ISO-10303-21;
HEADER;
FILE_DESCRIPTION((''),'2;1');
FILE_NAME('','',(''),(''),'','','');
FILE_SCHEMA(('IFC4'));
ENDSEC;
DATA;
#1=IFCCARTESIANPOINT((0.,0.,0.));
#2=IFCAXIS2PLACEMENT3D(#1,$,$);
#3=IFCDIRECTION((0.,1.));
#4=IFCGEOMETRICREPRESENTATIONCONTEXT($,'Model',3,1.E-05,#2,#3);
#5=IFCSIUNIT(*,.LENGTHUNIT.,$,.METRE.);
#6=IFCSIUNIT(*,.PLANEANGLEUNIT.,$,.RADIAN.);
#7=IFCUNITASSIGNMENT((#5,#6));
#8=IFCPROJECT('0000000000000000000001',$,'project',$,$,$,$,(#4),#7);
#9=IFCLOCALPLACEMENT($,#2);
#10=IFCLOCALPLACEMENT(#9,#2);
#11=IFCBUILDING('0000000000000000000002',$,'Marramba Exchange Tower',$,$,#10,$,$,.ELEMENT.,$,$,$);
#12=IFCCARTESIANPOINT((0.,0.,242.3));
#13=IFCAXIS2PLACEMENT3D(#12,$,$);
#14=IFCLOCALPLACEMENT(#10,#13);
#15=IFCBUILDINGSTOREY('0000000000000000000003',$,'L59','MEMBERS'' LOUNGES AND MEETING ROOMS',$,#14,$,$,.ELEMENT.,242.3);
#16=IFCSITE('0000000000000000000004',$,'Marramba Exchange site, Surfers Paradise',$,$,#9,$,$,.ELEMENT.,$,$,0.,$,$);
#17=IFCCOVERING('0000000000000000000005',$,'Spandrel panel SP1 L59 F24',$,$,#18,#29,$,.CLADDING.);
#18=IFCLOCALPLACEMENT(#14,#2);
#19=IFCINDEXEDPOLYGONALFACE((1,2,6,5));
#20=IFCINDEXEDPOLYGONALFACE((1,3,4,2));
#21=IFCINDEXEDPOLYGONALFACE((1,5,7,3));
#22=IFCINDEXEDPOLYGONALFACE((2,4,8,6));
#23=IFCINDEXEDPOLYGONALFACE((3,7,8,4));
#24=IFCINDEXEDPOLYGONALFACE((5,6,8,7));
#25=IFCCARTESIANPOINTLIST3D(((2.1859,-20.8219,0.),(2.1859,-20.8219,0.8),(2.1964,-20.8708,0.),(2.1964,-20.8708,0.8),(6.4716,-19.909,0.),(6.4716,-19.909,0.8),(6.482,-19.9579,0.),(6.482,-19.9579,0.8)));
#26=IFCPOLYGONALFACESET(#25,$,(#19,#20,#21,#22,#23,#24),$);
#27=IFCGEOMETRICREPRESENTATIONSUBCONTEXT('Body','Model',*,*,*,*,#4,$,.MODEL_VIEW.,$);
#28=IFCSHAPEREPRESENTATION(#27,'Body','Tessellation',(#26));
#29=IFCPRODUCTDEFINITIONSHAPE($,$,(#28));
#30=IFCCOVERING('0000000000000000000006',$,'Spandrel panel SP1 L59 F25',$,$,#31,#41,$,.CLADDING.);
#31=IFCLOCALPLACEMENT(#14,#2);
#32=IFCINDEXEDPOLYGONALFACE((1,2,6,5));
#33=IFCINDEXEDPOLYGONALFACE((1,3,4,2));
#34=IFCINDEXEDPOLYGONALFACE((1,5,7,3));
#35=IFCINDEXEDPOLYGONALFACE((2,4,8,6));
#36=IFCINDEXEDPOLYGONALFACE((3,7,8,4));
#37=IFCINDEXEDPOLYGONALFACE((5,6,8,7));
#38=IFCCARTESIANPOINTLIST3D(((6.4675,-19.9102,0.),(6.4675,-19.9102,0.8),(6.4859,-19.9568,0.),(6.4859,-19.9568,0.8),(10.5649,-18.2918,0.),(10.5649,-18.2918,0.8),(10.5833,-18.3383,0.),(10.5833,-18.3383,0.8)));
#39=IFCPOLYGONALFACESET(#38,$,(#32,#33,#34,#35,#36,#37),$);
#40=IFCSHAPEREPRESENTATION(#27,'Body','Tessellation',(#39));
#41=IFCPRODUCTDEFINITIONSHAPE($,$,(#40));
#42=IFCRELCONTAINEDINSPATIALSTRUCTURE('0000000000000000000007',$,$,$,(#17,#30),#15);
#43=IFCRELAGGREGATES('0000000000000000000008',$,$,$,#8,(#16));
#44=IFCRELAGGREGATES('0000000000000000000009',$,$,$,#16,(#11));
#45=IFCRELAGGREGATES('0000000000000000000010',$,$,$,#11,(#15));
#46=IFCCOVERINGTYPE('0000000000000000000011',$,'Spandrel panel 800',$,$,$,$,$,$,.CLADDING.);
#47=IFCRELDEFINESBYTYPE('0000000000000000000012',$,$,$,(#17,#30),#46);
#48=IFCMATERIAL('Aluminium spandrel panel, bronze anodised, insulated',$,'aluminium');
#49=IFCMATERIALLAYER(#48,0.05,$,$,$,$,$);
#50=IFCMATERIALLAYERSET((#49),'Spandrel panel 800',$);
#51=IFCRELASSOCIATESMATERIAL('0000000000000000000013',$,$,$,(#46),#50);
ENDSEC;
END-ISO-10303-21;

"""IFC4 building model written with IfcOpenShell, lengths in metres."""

from ifc_helpers import new_model, si_unit, direction, frame, origin, origin_2d, place, context, subcontext, project, spatial, rectangle, extrude, material, layer, layer_set, type_object, element, save


model = new_model("IFC4")

# Units and contexts
model_context = context("Model", 3, precision=1e-05, world=origin(), true_north=direction((0.0, 1.0)))
body_context = subcontext(model_context, "Body", "Model", "MODEL_VIEW")
ifc_project = project(units=[si_unit("LENGTHUNIT", "METRE"), si_unit("PLANEANGLEUNIT", "RADIAN")], contexts=[model_context])

# Site, building, storey
site_placement = place(None, origin())
site = spatial("IfcSite", under=ifc_project, at=site_placement, Name="Marramba Exchange site, Surfers Paradise", CompositionType="ELEMENT", RefElevation=0.0)
building_placement = place(site_placement, origin())
building = spatial("IfcBuilding", under=site, at=building_placement, Name="Marramba Exchange Tower", CompositionType="ELEMENT")
storey_placement = place(building_placement, frame((0.0, 0.0, 242.3)))
storey = spatial("IfcBuildingStorey", under=building, at=storey_placement, Name="L59", Description="MEMBERS' LOUNGES AND MEETING ROOMS", CompositionType="ELEMENT", Elevation=242.3)

# Coverings
ifc_material_1 = material(Name="Aluminium spandrel panel, bronze anodised, insulated", Category="aluminium")
ifc_layer_1 = layer(ifc_material_1, 0.05)
ifc_layer_set_1 = layer_set([ifc_layer_1], Name="Spandrel panel 800")
covering_type = type_object("IfcCoveringType", Name="Spandrel panel 800", PredefinedType="CLADDING", material=ifc_layer_set_1)
covering_1_placement = place(storey_placement, frame((4.334, -20.3899, 0.0), z_axis=(0.0, 0.0, 1.0), x_axis=(0.978058, 0.208332, 0.0)))
element("IfcCovering", 1, at=covering_1_placement, inside=storey, type_object=covering_type, Name="Spandrel panel SP1 L59 F24", PredefinedType="CLADDING", context=body_context, shape_type="SweptSolid", body=[
    extrude(rectangle(XDim=4.3818, YDim=0.05, at=origin_2d()), origin(), (0.0, 0.0, 1.0), 0.8),
])
covering_2_placement = place(storey_placement, frame((8.5254, -19.1243, 0.0), z_axis=(0.0, 0.0, 1.0), x_axis=(0.930073, 0.367375, 0.0)))
element("IfcCovering", 2, at=covering_2_placement, inside=storey, type_object=covering_type, Name="Spandrel panel SP1 L59 F25", PredefinedType="CLADDING", context=body_context, shape_type="SweptSolid", body=[
    extrude(rectangle(XDim=4.4055, YDim=0.05, at=origin_2d()), origin(), (0.0, 0.0, 1.0), 0.8),
])

save(model, "model.ifc")
